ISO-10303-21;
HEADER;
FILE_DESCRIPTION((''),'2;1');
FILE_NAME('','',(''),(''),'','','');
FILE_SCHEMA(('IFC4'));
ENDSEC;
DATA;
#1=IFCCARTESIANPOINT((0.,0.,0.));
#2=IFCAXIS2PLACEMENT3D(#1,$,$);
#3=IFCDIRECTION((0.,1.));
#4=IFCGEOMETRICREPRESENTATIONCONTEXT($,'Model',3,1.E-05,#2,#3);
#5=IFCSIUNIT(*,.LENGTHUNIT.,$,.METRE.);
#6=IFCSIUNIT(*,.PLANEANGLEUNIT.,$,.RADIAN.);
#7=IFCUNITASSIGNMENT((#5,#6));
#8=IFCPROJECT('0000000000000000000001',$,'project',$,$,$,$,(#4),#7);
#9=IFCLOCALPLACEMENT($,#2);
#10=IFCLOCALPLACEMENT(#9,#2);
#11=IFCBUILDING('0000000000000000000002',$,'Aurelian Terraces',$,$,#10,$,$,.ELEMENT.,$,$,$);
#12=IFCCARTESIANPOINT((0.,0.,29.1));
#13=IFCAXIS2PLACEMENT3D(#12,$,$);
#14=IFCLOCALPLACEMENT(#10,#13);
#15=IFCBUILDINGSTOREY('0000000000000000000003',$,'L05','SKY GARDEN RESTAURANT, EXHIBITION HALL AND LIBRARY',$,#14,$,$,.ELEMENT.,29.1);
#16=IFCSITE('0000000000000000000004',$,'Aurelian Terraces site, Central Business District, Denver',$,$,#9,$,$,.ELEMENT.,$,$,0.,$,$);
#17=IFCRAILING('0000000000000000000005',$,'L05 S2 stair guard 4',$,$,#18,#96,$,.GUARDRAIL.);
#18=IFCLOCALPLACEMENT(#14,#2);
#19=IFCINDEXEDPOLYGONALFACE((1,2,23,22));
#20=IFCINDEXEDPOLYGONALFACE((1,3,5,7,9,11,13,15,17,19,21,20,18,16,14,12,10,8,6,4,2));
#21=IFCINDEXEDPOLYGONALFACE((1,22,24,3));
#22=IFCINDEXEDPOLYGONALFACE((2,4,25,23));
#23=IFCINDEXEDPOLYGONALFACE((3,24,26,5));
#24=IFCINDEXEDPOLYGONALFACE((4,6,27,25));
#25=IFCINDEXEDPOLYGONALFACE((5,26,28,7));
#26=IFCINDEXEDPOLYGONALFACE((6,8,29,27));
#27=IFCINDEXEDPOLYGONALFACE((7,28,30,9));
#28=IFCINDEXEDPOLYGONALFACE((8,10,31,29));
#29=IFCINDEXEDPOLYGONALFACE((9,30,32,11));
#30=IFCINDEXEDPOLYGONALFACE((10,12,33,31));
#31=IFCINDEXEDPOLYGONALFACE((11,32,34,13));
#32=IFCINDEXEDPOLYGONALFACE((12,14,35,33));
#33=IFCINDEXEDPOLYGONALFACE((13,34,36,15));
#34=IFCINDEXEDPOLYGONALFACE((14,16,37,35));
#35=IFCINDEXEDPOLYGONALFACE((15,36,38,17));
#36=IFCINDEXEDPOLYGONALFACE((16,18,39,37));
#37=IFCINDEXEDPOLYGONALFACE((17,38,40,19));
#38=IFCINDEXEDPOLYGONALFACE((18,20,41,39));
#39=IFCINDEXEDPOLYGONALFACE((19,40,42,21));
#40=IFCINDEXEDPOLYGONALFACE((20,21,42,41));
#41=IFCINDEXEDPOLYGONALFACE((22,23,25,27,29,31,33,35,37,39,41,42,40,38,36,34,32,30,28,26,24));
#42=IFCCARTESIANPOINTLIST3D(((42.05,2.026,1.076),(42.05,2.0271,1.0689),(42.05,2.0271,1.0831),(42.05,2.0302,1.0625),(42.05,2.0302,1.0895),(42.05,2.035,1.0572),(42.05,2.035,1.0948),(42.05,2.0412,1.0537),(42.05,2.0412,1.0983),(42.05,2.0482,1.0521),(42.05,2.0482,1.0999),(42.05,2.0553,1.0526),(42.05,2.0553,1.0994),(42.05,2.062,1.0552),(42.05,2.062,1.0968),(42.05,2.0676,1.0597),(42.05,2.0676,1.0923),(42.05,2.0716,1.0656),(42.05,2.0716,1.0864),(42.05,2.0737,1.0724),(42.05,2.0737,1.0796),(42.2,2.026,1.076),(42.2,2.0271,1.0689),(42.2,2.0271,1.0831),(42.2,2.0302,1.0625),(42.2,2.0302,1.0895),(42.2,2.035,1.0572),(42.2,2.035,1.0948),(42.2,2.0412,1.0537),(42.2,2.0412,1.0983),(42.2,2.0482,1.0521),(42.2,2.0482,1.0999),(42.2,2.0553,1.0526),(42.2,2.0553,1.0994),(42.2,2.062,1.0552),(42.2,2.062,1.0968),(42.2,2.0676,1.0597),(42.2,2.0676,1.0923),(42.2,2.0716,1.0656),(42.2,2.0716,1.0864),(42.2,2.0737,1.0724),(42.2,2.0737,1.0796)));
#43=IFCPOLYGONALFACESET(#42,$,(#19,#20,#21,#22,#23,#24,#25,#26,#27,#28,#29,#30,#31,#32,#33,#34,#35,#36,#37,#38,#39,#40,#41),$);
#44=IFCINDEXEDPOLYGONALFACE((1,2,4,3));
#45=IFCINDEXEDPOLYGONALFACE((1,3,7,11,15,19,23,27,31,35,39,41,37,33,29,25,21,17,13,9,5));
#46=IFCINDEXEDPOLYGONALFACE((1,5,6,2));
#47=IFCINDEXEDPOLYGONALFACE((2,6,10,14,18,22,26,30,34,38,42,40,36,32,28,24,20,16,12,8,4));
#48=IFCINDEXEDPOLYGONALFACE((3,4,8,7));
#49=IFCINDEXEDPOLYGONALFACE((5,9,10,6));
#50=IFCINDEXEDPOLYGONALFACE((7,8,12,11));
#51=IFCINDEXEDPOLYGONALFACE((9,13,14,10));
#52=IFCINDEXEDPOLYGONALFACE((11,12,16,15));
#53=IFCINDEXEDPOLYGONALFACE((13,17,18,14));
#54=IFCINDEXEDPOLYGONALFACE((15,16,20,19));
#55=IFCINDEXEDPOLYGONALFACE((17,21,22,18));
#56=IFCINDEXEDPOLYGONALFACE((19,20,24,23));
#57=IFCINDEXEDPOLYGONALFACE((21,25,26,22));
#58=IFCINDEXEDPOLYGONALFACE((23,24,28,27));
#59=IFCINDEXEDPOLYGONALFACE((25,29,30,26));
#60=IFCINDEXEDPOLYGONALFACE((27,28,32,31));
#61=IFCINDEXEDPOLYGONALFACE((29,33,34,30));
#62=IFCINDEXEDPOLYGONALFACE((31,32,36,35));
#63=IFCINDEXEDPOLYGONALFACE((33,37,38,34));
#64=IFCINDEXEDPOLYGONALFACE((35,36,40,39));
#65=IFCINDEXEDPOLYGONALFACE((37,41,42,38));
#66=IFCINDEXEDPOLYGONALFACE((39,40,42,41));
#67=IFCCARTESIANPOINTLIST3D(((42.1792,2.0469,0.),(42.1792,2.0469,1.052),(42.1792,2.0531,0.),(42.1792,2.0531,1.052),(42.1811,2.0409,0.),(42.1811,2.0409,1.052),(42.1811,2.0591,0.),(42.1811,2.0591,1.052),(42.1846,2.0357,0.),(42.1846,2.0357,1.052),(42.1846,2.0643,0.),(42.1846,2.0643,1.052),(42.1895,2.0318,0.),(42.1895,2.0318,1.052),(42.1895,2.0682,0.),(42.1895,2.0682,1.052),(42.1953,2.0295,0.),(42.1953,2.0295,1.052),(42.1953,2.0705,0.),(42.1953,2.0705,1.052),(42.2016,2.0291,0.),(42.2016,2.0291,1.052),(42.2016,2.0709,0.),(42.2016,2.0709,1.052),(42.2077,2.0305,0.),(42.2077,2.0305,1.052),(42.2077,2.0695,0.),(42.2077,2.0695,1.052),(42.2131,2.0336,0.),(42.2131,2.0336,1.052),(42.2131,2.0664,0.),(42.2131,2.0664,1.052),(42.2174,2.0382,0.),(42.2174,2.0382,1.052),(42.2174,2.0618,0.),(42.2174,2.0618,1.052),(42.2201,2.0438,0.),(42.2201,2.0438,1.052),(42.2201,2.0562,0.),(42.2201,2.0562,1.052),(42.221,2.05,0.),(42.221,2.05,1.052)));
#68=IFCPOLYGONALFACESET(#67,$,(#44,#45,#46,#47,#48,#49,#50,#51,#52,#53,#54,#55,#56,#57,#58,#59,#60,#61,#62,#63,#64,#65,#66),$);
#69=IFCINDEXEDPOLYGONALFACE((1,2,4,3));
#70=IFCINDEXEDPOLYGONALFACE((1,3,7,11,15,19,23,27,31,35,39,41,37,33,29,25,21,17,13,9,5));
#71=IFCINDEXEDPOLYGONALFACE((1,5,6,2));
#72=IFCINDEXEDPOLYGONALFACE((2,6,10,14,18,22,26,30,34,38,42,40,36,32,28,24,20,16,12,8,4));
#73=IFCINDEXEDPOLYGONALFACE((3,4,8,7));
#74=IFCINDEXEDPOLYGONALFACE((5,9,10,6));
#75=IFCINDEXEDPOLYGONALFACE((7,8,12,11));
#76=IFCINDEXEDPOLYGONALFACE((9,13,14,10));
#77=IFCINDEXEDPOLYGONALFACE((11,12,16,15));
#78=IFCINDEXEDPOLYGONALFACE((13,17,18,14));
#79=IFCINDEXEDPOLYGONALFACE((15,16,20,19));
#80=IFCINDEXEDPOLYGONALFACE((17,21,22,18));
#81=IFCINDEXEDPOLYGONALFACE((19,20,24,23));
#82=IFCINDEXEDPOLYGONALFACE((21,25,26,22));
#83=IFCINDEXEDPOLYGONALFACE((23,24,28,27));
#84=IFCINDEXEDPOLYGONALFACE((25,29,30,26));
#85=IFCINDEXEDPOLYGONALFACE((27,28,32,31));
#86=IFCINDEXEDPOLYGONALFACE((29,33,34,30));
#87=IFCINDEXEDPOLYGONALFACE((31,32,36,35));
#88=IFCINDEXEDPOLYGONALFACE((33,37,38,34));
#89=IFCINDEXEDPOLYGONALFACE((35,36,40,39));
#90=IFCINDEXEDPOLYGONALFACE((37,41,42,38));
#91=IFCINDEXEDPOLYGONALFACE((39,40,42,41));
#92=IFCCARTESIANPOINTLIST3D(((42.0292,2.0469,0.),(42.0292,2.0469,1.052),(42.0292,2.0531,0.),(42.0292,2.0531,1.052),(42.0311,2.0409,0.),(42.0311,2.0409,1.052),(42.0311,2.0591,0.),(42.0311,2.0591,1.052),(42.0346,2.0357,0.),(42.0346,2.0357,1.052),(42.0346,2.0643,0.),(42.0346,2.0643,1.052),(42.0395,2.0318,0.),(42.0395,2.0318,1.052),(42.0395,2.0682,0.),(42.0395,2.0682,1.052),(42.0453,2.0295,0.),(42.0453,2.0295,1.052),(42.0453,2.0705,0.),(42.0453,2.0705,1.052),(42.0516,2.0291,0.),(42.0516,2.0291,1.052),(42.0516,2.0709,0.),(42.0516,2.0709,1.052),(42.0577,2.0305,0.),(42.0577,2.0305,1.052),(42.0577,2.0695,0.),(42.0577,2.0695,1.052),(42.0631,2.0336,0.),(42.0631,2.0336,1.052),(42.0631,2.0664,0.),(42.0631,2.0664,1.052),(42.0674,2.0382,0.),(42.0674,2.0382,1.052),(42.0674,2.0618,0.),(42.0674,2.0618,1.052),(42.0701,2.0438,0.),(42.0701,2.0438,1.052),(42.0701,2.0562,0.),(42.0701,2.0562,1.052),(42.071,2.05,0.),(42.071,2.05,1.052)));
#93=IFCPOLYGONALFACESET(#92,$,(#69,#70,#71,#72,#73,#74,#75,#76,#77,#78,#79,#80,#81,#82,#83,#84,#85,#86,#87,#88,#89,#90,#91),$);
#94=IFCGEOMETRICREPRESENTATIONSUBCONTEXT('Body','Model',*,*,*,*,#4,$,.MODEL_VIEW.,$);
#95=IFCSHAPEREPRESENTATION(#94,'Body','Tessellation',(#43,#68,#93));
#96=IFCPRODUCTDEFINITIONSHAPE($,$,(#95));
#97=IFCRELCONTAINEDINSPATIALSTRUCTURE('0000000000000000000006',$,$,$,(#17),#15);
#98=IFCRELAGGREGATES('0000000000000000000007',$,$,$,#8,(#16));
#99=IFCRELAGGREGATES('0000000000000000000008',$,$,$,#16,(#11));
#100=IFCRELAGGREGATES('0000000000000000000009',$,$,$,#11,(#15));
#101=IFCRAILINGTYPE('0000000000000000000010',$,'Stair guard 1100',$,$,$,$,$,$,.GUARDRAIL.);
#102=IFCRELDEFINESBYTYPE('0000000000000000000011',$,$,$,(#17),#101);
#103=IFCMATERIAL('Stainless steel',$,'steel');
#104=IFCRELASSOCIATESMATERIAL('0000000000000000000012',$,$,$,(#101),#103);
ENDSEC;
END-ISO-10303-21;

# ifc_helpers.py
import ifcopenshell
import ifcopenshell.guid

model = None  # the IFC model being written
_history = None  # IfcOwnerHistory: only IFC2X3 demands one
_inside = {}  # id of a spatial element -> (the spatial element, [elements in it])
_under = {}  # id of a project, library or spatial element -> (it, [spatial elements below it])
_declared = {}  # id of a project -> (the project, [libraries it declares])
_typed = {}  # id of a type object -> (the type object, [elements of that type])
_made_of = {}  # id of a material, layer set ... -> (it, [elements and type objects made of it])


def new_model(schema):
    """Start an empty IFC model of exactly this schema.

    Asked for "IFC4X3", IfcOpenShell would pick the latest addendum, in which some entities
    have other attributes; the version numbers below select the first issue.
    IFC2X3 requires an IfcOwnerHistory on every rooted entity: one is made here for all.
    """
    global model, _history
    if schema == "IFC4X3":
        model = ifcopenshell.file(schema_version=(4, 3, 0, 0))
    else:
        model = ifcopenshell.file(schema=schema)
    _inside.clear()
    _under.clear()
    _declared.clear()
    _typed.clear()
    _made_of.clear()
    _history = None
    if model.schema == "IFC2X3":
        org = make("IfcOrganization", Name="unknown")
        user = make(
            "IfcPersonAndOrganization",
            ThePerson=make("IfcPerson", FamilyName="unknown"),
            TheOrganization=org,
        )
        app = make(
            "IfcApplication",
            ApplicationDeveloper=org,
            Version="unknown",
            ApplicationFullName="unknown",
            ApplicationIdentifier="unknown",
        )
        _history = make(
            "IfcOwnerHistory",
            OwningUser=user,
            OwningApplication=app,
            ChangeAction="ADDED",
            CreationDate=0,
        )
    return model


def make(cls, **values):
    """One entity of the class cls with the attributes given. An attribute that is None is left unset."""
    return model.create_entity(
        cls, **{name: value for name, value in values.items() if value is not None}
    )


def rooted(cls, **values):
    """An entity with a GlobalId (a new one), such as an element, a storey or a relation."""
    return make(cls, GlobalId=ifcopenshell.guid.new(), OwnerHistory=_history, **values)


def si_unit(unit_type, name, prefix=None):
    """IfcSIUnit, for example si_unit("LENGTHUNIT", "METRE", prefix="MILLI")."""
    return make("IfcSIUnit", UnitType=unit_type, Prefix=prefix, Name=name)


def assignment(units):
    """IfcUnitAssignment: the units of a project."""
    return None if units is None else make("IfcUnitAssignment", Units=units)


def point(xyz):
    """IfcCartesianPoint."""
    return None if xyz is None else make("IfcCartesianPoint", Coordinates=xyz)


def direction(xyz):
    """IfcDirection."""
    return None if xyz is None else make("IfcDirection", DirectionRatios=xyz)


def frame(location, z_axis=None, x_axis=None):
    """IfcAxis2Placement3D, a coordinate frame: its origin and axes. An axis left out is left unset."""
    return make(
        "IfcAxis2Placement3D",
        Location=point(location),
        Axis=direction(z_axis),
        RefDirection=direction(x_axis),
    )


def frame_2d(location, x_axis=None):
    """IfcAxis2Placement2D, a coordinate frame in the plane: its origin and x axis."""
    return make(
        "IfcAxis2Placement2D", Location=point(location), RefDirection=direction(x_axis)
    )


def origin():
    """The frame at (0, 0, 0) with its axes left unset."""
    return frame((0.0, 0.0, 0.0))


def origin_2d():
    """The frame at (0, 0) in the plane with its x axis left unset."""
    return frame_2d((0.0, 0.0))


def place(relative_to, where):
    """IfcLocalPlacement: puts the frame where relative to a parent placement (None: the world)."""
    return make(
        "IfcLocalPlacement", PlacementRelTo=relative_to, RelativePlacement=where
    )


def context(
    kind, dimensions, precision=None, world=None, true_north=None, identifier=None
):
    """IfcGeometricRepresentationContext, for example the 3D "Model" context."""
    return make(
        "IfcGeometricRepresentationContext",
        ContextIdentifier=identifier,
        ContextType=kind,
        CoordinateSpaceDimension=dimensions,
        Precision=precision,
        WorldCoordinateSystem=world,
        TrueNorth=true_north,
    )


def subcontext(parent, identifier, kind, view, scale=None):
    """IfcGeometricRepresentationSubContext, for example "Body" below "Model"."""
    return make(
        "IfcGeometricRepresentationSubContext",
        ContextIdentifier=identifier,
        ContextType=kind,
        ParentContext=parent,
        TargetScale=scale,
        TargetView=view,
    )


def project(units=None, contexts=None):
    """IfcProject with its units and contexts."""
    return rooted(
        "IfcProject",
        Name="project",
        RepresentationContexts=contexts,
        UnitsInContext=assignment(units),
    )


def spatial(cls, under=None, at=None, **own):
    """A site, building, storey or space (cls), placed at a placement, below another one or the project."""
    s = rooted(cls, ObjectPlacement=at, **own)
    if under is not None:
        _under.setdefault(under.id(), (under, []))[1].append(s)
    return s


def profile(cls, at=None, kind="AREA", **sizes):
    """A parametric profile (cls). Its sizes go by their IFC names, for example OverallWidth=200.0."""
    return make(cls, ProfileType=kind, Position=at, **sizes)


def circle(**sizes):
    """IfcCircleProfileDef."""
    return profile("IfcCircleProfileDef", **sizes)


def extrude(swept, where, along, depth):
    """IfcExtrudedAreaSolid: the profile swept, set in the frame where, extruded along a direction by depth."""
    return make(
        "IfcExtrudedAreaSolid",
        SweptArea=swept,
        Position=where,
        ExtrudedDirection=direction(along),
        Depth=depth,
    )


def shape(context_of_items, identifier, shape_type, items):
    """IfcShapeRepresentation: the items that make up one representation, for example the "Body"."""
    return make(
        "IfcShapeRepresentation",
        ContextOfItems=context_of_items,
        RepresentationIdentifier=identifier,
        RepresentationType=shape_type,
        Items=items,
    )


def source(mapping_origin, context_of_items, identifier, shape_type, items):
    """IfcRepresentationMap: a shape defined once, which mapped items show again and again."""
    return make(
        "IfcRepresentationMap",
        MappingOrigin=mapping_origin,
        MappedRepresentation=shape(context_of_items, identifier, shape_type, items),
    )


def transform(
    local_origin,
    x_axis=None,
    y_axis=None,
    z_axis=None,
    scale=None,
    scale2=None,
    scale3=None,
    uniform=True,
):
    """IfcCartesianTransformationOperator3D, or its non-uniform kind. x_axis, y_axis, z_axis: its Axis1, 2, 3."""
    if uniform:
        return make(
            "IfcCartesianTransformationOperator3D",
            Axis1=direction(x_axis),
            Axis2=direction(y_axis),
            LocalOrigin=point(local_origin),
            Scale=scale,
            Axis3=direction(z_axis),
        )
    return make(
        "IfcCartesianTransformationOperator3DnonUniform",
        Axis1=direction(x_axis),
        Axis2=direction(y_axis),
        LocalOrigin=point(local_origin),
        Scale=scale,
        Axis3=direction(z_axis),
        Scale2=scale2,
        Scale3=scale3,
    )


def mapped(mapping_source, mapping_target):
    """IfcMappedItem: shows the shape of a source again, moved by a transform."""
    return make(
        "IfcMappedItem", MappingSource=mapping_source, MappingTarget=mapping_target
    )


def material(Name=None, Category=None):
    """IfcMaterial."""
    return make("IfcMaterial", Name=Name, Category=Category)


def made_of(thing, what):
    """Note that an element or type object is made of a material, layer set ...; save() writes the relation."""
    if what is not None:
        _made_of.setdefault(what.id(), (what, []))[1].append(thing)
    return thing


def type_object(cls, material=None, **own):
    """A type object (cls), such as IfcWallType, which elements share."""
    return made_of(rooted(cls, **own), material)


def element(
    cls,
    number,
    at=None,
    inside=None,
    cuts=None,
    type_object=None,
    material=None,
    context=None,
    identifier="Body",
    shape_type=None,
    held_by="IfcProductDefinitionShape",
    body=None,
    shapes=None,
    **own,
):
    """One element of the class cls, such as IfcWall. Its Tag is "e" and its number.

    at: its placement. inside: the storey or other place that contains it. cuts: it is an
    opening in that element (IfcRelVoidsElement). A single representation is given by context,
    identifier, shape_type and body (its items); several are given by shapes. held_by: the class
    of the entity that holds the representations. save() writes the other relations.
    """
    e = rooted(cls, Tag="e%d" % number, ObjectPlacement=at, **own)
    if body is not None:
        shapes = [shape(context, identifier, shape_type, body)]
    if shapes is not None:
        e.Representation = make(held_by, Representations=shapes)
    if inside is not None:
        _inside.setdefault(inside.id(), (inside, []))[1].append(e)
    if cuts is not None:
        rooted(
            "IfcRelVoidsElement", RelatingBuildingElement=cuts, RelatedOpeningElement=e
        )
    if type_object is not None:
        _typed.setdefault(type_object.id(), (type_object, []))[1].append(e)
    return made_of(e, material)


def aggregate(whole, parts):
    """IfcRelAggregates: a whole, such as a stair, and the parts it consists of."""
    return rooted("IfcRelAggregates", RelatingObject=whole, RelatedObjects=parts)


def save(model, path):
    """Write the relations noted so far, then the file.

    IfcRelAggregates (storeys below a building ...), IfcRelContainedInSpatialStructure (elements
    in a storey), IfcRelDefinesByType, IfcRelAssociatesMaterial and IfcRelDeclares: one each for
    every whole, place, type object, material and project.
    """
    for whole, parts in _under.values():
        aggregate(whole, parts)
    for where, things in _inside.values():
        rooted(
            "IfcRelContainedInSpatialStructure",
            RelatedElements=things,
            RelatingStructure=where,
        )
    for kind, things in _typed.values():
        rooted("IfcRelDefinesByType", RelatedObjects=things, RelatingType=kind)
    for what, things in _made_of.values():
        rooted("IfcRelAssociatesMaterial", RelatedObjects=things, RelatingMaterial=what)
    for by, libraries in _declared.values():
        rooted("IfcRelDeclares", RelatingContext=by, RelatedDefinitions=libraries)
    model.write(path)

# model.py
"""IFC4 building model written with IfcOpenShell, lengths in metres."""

from ifc_helpers import new_model, si_unit, direction, frame, origin, origin_2d, place, context, subcontext, project, spatial, circle, extrude, source, transform, mapped, material, type_object, element, save


model = new_model("IFC4")

# Units and contexts
model_context = context("Model", 3, precision=1e-05, world=origin(), true_north=direction((0.0, 1.0)))
body_context = subcontext(model_context, "Body", "Model", "MODEL_VIEW")
ifc_project = project(units=[si_unit("LENGTHUNIT", "METRE"), si_unit("PLANEANGLEUNIT", "RADIAN")], contexts=[model_context])

# Site, building, storey
site_placement = place(None, origin())
site = spatial("IfcSite", under=ifc_project, at=site_placement, Name="Aurelian Terraces site, Central Business District, Denver", CompositionType="ELEMENT", RefElevation=0.0)
building_placement = place(site_placement, origin())
building = spatial("IfcBuilding", under=site, at=building_placement, Name="Aurelian Terraces", CompositionType="ELEMENT")
storey_placement = place(building_placement, frame((0.0, 0.0, 29.1)))
storey = spatial("IfcBuildingStorey", under=building, at=storey_placement, Name="L05", Description="SKY GARDEN RESTAURANT, EXHIBITION HALL AND LIBRARY", CompositionType="ELEMENT", Elevation=29.1)

# Railing
ifc_material_1 = material(Name="Stainless steel", Category="steel")
railing_type_1 = type_object("IfcRailingType", Name="Stair guard 1100", PredefinedType="GUARDRAIL", material=ifc_material_1)
shared_shape_1 = source(origin(), body_context, "Body", "SweptSolid", [
    extrude(circle(Radius=0.024, at=origin_2d()), frame((0.0, 0.0, 1.076), z_axis=(-1.0, 0.0, 0.0), x_axis=(0.0, -1.0, 0.0)), (0.0, 0.0, 1.0), 0.15),
    extrude(circle(Radius=0.021, at=origin_2d()), origin(), (0.0, 0.0, 1.0), 1.052),
    extrude(circle(Radius=0.021, at=origin_2d()), frame((-0.15, 0.0, 0.0)), (0.0, 0.0, 1.0), 1.052),
])
for number, where, name in (
    (1, (42.2, 2.05, 0.0), "L05 S2 stair guard 4"),
):
    element("IfcRailing", number, at=place(storey_placement, frame(where)), inside=storey, type_object=railing_type_1, Name=name, PredefinedType="GUARDRAIL", context=body_context, shape_type="MappedRepresentation", body=[
        mapped(shared_shape_1, transform((0.0, 0.0, 0.0), scale=1.0)),
    ])

save(model, "model.ifc")
